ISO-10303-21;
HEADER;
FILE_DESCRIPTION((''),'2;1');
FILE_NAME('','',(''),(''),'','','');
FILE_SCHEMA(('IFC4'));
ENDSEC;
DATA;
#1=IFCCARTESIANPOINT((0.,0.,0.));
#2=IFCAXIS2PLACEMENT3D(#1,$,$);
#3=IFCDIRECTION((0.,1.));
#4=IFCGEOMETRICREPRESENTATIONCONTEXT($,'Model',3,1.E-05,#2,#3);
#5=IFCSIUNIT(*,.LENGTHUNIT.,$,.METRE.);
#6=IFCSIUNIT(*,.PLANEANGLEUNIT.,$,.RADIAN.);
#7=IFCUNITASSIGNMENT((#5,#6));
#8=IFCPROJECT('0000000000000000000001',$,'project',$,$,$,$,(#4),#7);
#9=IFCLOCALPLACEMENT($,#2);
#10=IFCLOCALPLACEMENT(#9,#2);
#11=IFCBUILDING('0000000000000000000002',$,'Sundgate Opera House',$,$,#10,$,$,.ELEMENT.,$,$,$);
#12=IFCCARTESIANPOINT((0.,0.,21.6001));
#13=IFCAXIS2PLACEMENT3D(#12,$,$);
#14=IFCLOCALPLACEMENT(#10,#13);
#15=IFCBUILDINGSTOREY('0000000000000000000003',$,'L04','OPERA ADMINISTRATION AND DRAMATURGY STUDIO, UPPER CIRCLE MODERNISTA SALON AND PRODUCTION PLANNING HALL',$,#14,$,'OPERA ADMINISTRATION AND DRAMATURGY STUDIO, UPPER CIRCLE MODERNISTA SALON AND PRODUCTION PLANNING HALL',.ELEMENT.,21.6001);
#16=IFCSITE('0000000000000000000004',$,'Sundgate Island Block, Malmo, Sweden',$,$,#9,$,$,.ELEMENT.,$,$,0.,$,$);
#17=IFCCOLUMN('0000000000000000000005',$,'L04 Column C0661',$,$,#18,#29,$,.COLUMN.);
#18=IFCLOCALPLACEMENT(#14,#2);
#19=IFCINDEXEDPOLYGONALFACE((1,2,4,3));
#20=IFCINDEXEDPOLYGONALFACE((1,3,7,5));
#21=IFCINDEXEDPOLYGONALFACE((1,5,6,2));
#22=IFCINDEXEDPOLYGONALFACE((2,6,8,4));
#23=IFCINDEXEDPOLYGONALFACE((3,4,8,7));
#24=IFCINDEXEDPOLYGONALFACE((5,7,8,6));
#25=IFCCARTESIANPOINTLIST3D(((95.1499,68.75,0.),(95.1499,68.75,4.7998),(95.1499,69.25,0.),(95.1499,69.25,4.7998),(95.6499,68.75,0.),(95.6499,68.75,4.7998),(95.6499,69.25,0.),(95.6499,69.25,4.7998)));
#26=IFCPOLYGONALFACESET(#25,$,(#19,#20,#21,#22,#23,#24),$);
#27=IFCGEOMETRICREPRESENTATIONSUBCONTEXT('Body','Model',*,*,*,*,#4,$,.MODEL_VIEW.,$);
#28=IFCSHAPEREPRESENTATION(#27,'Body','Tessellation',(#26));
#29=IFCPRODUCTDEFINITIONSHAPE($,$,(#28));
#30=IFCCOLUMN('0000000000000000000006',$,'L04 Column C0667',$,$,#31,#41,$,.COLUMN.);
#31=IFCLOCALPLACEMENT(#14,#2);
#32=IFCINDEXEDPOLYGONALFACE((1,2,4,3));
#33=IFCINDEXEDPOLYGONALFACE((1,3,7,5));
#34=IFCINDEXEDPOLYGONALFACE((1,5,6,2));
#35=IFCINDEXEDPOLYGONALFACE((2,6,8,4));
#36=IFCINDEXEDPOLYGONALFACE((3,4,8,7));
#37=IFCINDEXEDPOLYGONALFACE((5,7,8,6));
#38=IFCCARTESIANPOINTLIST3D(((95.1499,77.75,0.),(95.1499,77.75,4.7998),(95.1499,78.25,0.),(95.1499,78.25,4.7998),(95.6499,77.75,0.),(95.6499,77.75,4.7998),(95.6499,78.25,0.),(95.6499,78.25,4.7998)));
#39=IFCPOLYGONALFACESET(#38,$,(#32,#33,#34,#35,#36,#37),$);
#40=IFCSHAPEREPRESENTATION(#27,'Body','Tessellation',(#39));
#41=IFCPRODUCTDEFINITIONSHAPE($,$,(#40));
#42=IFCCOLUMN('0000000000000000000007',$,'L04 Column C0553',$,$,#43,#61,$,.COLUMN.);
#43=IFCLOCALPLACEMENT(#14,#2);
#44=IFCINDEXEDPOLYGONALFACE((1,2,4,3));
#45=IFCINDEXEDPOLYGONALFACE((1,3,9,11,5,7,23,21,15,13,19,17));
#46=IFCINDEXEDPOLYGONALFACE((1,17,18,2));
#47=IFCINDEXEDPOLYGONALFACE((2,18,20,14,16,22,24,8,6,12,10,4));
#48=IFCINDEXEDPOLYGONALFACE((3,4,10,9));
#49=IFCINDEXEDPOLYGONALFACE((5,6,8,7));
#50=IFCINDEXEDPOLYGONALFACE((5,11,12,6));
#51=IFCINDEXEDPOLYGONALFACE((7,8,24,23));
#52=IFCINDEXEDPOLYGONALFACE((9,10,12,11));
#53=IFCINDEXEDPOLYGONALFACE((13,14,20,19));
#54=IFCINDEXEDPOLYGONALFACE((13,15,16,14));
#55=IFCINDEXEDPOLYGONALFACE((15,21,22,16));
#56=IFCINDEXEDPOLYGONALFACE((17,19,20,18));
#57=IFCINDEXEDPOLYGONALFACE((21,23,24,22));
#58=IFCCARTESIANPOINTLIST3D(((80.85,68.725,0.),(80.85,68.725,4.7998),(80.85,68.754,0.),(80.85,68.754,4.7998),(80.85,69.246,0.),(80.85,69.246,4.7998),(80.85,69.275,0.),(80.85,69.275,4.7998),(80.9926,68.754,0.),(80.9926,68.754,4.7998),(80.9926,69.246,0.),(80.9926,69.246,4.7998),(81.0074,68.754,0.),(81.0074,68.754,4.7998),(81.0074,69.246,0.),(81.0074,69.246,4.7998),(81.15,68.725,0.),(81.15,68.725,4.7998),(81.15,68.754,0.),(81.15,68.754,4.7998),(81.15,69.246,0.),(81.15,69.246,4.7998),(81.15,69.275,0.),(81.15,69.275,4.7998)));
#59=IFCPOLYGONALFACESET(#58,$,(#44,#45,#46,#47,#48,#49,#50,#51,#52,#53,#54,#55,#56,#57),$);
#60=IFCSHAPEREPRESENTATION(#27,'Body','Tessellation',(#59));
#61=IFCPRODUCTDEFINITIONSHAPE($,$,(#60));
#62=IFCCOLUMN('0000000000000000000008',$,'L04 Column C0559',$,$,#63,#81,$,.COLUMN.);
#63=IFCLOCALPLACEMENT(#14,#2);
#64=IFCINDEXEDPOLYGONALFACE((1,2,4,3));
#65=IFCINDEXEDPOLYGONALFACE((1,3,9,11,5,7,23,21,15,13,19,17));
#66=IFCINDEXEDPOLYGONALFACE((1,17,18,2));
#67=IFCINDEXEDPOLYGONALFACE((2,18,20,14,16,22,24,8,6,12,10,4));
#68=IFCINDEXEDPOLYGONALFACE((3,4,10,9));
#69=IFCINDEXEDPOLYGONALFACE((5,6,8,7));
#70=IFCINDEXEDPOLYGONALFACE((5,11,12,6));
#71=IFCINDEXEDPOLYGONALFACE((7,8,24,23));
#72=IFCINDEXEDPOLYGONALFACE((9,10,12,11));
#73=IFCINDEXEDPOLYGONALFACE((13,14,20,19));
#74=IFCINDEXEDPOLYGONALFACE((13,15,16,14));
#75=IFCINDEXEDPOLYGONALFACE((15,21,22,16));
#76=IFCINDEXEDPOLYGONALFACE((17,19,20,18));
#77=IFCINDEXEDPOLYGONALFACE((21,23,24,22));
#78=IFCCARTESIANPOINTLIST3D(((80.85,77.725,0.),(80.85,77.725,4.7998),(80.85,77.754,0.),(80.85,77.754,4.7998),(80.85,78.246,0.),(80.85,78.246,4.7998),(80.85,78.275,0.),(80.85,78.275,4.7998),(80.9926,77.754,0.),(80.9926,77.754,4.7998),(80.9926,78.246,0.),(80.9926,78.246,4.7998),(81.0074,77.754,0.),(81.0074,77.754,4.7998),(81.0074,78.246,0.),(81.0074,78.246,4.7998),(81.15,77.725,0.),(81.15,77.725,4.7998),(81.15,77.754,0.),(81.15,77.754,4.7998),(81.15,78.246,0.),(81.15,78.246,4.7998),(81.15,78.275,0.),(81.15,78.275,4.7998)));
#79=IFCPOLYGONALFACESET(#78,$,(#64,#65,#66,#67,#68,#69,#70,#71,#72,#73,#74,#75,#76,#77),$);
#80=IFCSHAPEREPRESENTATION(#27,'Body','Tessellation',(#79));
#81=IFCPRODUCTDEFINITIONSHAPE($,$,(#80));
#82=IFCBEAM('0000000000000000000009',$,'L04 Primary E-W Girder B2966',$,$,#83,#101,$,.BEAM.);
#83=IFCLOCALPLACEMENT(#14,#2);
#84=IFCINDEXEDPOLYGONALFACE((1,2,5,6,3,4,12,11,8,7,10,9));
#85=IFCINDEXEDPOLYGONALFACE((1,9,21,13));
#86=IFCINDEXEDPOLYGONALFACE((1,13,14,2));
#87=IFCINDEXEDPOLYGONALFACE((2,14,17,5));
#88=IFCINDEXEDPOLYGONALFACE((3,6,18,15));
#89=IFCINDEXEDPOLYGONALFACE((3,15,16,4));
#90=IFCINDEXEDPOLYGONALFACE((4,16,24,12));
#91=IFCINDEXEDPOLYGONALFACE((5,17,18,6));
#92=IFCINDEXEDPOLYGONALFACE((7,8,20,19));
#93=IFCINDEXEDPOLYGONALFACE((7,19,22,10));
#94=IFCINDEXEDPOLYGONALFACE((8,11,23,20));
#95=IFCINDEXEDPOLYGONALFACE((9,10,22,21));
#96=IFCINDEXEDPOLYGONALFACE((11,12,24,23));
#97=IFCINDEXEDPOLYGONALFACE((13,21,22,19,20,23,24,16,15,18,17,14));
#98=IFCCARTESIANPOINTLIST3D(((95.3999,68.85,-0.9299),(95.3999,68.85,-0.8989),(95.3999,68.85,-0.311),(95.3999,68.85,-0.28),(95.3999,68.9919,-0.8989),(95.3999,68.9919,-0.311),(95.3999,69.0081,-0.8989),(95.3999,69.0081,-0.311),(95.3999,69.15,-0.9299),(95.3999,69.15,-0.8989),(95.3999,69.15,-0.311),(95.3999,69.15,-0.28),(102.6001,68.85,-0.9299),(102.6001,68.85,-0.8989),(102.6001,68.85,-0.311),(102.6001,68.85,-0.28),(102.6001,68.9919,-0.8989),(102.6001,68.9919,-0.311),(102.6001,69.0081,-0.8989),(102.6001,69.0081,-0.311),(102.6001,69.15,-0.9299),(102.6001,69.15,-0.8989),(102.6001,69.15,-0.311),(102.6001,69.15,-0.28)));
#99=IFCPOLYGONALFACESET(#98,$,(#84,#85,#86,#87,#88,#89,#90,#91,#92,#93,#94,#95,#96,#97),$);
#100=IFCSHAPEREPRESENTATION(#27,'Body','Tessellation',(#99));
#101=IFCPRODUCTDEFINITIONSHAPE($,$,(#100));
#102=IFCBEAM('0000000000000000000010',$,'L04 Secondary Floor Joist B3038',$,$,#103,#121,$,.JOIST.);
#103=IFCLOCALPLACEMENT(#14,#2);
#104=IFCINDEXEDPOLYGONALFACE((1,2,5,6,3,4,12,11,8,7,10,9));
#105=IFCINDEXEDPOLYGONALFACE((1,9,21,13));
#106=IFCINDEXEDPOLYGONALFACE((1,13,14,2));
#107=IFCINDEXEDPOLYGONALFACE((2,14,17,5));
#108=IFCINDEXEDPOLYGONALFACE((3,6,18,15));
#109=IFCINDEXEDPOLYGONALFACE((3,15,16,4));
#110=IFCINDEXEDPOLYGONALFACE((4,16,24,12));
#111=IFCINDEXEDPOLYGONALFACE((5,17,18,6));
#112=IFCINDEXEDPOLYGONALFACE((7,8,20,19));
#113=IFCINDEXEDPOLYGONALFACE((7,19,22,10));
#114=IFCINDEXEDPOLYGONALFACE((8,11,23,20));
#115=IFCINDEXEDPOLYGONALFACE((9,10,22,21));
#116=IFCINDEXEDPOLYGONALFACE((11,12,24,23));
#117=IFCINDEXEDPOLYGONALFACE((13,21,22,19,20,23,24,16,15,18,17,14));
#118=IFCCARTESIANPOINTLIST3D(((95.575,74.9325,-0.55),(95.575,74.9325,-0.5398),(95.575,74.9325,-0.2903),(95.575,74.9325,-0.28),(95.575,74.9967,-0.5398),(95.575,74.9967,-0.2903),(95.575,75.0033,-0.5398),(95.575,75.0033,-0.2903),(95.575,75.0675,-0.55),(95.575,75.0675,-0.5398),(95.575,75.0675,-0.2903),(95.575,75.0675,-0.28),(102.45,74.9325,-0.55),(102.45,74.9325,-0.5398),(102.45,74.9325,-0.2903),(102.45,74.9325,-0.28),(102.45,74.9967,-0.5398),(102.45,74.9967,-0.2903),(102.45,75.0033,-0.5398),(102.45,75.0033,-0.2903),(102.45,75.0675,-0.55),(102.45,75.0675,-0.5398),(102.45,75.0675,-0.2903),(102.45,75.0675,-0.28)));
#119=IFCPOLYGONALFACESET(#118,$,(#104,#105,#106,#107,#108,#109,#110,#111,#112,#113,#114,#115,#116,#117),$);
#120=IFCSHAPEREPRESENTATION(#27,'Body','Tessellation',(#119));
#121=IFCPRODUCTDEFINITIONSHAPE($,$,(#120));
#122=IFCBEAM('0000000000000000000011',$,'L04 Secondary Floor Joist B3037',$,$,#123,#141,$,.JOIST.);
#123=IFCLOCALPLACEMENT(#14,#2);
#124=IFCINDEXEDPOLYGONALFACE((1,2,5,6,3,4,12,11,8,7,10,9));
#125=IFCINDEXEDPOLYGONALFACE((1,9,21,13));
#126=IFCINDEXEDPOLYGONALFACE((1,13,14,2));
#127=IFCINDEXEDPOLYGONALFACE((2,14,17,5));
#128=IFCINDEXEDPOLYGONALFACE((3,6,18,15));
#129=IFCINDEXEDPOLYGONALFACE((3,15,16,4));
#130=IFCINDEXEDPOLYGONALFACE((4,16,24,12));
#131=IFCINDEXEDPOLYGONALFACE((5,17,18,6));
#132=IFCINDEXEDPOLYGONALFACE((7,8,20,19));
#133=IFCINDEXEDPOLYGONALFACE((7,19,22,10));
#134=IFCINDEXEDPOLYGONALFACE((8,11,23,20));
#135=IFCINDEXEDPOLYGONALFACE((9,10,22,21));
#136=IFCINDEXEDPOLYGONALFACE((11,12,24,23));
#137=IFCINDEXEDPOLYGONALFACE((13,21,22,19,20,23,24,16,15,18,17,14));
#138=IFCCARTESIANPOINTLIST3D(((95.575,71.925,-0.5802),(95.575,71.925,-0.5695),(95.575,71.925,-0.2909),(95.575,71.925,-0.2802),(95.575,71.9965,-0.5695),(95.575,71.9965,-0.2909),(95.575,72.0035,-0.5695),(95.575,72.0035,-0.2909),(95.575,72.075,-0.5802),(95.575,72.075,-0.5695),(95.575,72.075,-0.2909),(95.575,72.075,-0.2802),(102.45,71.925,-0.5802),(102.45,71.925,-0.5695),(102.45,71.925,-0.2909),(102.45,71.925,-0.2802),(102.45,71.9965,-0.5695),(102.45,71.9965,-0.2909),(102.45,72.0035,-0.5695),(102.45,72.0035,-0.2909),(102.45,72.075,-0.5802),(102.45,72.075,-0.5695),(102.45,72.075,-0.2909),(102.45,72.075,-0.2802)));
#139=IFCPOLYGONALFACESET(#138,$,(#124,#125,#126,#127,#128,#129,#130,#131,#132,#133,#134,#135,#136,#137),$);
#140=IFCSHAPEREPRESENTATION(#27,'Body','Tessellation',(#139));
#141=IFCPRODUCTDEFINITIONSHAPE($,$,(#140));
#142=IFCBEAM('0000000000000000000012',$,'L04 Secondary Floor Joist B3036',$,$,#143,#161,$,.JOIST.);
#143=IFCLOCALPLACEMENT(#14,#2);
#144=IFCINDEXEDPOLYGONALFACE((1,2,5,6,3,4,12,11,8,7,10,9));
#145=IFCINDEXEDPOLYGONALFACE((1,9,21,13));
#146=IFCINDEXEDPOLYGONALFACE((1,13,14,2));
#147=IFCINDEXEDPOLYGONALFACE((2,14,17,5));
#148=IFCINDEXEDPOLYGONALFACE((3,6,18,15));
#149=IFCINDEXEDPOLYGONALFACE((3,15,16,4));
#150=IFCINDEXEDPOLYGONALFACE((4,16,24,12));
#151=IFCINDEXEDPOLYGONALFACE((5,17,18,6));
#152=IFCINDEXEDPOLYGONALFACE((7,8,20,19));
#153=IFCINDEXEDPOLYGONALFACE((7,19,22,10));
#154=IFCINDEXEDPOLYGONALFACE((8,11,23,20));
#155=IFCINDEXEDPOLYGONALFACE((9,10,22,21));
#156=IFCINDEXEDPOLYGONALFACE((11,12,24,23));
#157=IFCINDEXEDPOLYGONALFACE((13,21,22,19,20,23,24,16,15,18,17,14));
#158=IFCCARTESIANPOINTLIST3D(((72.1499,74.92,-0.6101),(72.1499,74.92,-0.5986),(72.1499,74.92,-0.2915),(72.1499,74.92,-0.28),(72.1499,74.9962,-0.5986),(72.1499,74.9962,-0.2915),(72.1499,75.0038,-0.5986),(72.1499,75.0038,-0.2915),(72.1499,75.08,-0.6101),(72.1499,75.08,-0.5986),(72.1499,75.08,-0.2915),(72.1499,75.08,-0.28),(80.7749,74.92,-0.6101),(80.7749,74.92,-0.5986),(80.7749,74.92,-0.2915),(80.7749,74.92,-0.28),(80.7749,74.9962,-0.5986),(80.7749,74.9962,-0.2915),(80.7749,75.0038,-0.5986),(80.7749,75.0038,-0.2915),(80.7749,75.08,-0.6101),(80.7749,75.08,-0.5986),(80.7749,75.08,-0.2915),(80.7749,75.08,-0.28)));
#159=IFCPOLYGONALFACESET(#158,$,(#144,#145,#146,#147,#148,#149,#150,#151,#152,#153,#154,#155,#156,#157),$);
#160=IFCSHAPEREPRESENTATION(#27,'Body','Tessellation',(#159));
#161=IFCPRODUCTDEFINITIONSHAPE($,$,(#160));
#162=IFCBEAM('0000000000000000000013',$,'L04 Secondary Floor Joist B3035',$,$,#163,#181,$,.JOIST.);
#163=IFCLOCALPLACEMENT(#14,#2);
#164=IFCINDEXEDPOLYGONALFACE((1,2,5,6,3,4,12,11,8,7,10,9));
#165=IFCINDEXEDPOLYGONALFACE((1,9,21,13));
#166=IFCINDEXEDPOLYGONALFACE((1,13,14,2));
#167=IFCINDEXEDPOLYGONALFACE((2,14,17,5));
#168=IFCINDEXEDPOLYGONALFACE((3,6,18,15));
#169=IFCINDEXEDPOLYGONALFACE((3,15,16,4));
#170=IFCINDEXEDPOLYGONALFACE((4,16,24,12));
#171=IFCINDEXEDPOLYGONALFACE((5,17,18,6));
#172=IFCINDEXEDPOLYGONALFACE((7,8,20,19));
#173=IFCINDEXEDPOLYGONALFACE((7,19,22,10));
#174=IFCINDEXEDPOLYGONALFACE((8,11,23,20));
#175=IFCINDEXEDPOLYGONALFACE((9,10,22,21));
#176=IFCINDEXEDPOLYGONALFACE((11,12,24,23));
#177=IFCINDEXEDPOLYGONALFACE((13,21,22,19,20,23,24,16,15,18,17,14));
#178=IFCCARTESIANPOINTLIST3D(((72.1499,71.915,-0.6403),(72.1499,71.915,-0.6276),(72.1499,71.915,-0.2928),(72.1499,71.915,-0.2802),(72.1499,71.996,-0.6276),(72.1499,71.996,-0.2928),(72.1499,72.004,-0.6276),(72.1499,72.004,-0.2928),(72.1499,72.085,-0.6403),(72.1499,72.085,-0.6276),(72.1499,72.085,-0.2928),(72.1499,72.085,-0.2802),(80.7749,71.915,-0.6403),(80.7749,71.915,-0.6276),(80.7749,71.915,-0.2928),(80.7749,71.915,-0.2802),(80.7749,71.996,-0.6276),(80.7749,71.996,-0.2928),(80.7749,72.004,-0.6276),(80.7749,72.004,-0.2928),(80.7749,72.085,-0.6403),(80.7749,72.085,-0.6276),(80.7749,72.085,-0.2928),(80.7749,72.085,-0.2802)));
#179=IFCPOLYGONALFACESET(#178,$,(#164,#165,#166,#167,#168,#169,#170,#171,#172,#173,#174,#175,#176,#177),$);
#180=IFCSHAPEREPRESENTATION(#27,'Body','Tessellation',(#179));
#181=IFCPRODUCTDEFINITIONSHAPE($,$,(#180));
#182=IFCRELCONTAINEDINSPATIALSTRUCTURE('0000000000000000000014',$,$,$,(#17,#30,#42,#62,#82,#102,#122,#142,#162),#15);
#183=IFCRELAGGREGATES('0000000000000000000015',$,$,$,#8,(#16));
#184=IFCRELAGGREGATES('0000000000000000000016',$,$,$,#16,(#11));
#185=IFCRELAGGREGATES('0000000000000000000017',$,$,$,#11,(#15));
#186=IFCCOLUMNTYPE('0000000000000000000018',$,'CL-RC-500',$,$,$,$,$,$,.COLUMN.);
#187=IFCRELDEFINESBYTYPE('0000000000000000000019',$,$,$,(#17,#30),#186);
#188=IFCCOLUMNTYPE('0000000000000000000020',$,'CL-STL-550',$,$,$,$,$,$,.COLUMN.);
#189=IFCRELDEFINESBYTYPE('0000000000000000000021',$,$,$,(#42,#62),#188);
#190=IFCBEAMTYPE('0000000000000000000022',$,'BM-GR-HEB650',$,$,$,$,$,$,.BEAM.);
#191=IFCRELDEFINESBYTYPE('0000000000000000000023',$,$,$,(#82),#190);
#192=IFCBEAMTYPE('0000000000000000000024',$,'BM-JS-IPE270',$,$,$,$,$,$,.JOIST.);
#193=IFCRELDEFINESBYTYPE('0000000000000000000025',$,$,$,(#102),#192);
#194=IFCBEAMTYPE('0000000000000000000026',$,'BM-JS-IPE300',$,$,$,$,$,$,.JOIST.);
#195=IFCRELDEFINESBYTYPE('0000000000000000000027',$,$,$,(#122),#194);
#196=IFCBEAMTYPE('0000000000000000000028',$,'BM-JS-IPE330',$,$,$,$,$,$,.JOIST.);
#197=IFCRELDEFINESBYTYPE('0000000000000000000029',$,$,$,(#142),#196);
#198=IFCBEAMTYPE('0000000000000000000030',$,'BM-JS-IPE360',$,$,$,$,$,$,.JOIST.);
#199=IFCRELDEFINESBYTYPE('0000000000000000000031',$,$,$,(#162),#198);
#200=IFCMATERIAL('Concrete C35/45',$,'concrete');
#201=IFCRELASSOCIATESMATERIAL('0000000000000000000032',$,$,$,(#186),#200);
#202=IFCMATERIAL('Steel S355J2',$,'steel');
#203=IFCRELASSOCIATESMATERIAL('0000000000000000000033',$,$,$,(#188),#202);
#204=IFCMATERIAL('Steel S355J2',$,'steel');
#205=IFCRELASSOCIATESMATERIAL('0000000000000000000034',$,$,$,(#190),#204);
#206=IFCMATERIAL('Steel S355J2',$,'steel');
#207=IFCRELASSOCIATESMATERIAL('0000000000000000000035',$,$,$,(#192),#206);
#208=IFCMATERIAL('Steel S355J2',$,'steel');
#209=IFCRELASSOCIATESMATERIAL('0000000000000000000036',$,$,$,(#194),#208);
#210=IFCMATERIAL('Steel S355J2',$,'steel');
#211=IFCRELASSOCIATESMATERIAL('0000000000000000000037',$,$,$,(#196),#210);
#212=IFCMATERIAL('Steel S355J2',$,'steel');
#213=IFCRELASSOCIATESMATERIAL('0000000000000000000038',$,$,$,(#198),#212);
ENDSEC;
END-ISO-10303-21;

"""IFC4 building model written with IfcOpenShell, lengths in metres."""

from ifc_helpers import new_model, si_unit, direction, frame, origin, origin_2d, place, context, subcontext, project, spatial, rectangle, i_section, extrude, material, material_profile, profile_set, type_object, element, save


model = new_model("IFC4")

# Units and contexts
model_context = context("Model", 3, precision=1e-05, world=origin(), true_north=direction((0.0, 1.0)))
body_context = subcontext(model_context, "Body", "Model", "MODEL_VIEW")
ifc_project = project(units=[si_unit("LENGTHUNIT", "METRE"), si_unit("PLANEANGLEUNIT", "RADIAN")], contexts=[model_context])

# Site, building, storey
site_placement = place(None, origin())
site = spatial("IfcSite", under=ifc_project, at=site_placement, Name="Sundgate Island Block, Malmo, Sweden", CompositionType="ELEMENT", RefElevation=0.0)
building_placement = place(site_placement, origin())
building = spatial("IfcBuilding", under=site, at=building_placement, Name="Sundgate Opera House", CompositionType="ELEMENT")
storey_placement = place(building_placement, frame((0.0, 0.0, 21.6001)))
storey = spatial("IfcBuildingStorey", under=building, at=storey_placement, Name="L04", Description="OPERA ADMINISTRATION AND DRAMATURGY STUDIO, UPPER CIRCLE MODERNISTA SALON AND PRODUCTION PLANNING HALL", LongName="OPERA ADMINISTRATION AND DRAMATURGY STUDIO, UPPER CIRCLE MODERNISTA SALON AND PRODUCTION PLANNING HALL", CompositionType="ELEMENT", Elevation=21.6001)

# Columns
ifc_material_1 = material(Name="Concrete C35/45", Category="concrete")
ifc_material_profile_1 = material_profile(ifc_material_1, rectangle(XDim=0.5, YDim=0.5, at=origin_2d()), Name="RC 500x500")
ifc_profile_set_1 = profile_set([ifc_material_profile_1], Name="Concrete C35/45")
column_type_1 = type_object("IfcColumnType", Name="CL-RC-500", PredefinedType="COLUMN", material=ifc_profile_set_1)
for number, where, z_axis, x_axis, name in (
    (1, (95.3999, 69.0, 0.0), (0.0, 0.0, 1.0), (1.0, 0.0, 0.0), "L04 Column C0661"),
    (2, (95.3999, 78.0, 0.0), (0.0, 0.0, 1.0), (1.0, 0.0, 0.0), "L04 Column C0667"),
):
    element("IfcColumn", number, at=place(storey_placement, frame(where, z_axis=z_axis, x_axis=x_axis)), inside=storey, type_object=column_type_1, Name=name, PredefinedType="COLUMN", context=body_context, shape_type="SweptSolid", body=[
        extrude(rectangle(XDim=0.5, YDim=0.5, at=origin_2d()), origin(), (0.0, 0.0, 1.0), 4.7998),
    ])
ifc_material_2 = material(Name="Steel S355J2", Category="steel")
ifc_material_profile_2 = material_profile(ifc_material_2, i_section(OverallWidth=0.3, OverallDepth=0.55, WebThickness=0.0149, FlangeThickness=0.0291, at=origin_2d()), Name="HEB 550")
ifc_profile_set_2 = profile_set([ifc_material_profile_2], Name="Steel S355J2")
column_type_2 = type_object("IfcColumnType", Name="CL-STL-550", PredefinedType="COLUMN", material=ifc_profile_set_2)
for number, where, z_axis, x_axis, name in (
    (3, (81.0, 69.0, 0.0), (0.0, 0.0, 1.0), (1.0, 0.0, 0.0), "L04 Column C0553"),
    (4, (81.0, 78.0, 0.0), (0.0, 0.0, 1.0), (1.0, 0.0, 0.0), "L04 Column C0559"),
):
    element("IfcColumn", number, at=place(storey_placement, frame(where, z_axis=z_axis, x_axis=x_axis)), inside=storey, type_object=column_type_2, Name=name, PredefinedType="COLUMN", context=body_context, shape_type="SweptSolid", body=[
        extrude(i_section(OverallWidth=0.3, OverallDepth=0.55, WebThickness=0.0149, FlangeThickness=0.0291, at=origin_2d()), origin(), (0.0, 0.0, 1.0), 4.7998),
    ])

# Beams
ifc_material_3 = material(Name="Steel S355J2", Category="steel")
ifc_material_profile_3 = material_profile(ifc_material_3, i_section(OverallWidth=0.3, OverallDepth=0.6499, WebThickness=0.0161, FlangeThickness=0.031, at=origin_2d()), Name="HEB 650")
ifc_profile_set_3 = profile_set([ifc_material_profile_3], Name="Steel S355J2")
beam_type_1 = type_object("IfcBeamType", Name="BM-GR-HEB650", PredefinedType="BEAM", material=ifc_profile_set_3)
beam_1_placement = place(storey_placement, frame((95.3999, 69.0, -0.605), z_axis=(1.0, 0.0, 0.0), x_axis=(0.0, 1.0, 0.0)))
element("IfcBeam", 5, at=beam_1_placement, inside=storey, type_object=beam_type_1, Name="L04 Primary E-W Girder B2966", PredefinedType="BEAM", context=body_context, shape_type="SweptSolid", body=[
    extrude(i_section(OverallWidth=0.3, OverallDepth=0.6499, WebThickness=0.0161, FlangeThickness=0.031, at=origin_2d()), origin(), (0.0, 0.0, 1.0), 7.2002),
])
ifc_material_4 = material(Name="Steel S355J2", Category="steel")
ifc_material_profile_4 = material_profile(ifc_material_4, i_section(OverallWidth=0.135, OverallDepth=0.27, WebThickness=0.0066, FlangeThickness=0.0103, at=origin_2d()), Name="IPE 270")
ifc_profile_set_4 = profile_set([ifc_material_profile_4], Name="Steel S355J2")
beam_type_2 = type_object("IfcBeamType", Name="BM-JS-IPE270", PredefinedType="JOIST", material=ifc_profile_set_4)
beam_2_placement = place(storey_placement, frame((95.575, 75.0, -0.415), z_axis=(1.0, 0.0, 0.0), x_axis=(0.0, 1.0, 0.0)))
element("IfcBeam", 6, at=beam_2_placement, inside=storey, type_object=beam_type_2, Name="L04 Secondary Floor Joist B3038", PredefinedType="JOIST", context=body_context, shape_type="SweptSolid", body=[
    extrude(i_section(OverallWidth=0.135, OverallDepth=0.27, WebThickness=0.0066, FlangeThickness=0.0103, at=origin_2d()), origin(), (0.0, 0.0, 1.0), 6.875),
])
ifc_material_5 = material(Name="Steel S355J2", Category="steel")
ifc_material_profile_5 = material_profile(ifc_material_5, i_section(OverallWidth=0.1499, OverallDepth=0.3, WebThickness=0.0071, FlangeThickness=0.0107, at=origin_2d()), Name="IPE 300")
ifc_profile_set_5 = profile_set([ifc_material_profile_5], Name="Steel S355J2")
beam_type_3 = type_object("IfcBeamType", Name="BM-JS-IPE300", PredefinedType="JOIST", material=ifc_profile_set_5)
beam_3_placement = place(storey_placement, frame((95.575, 72.0, -0.4302), z_axis=(1.0, 0.0, 0.0), x_axis=(0.0, 1.0, 0.0)))
element("IfcBeam", 7, at=beam_3_placement, inside=storey, type_object=beam_type_3, Name="L04 Secondary Floor Joist B3037", PredefinedType="JOIST", context=body_context, shape_type="SweptSolid", body=[
    extrude(i_section(OverallWidth=0.1499, OverallDepth=0.3, WebThickness=0.0071, FlangeThickness=0.0107, at=origin_2d()), origin(), (0.0, 0.0, 1.0), 6.875),
])
ifc_material_6 = material(Name="Steel S355J2", Category="steel")
ifc_material_profile_6 = material_profile(ifc_material_6, i_section(OverallWidth=0.1599, OverallDepth=0.3301, WebThickness=0.0076, FlangeThickness=0.0115, at=origin_2d()), Name="IPE 330")
ifc_profile_set_6 = profile_set([ifc_material_profile_6], Name="Steel S355J2")
beam_type_4 = type_object("IfcBeamType", Name="BM-JS-IPE330", PredefinedType="JOIST", material=ifc_profile_set_6)
beam_4_placement = place(storey_placement, frame((72.1499, 75.0, -0.4451), z_axis=(1.0, 0.0, 0.0), x_axis=(0.0, 1.0, 0.0)))
element("IfcBeam", 8, at=beam_4_placement, inside=storey, type_object=beam_type_4, Name="L04 Secondary Floor Joist B3036", PredefinedType="JOIST", context=body_context, shape_type="SweptSolid", body=[
    extrude(i_section(OverallWidth=0.1599, OverallDepth=0.3301, WebThickness=0.0076, FlangeThickness=0.0115, at=origin_2d()), origin(), (0.0, 0.0, 1.0), 8.625),
])
ifc_material_7 = material(Name="Steel S355J2", Category="steel")
ifc_material_profile_7 = material_profile(ifc_material_7, i_section(OverallWidth=0.1699, OverallDepth=0.3601, WebThickness=0.0081, FlangeThickness=0.0127, at=origin_2d()), Name="IPE 360")
ifc_profile_set_7 = profile_set([ifc_material_profile_7], Name="Steel S355J2")
beam_type_5 = type_object("IfcBeamType", Name="BM-JS-IPE360", PredefinedType="JOIST", material=ifc_profile_set_7)
beam_5_placement = place(storey_placement, frame((72.1499, 72.0, -0.4602), z_axis=(1.0, 0.0, 0.0), x_axis=(0.0, 1.0, 0.0)))
element("IfcBeam", 9, at=beam_5_placement, inside=storey, type_object=beam_type_5, Name="L04 Secondary Floor Joist B3035", PredefinedType="JOIST", context=body_context, shape_type="SweptSolid", body=[
    extrude(i_section(OverallWidth=0.1699, OverallDepth=0.3601, WebThickness=0.0081, FlangeThickness=0.0127, at=origin_2d()), origin(), (0.0, 0.0, 1.0), 8.625),
])

save(model, "model.ifc")
